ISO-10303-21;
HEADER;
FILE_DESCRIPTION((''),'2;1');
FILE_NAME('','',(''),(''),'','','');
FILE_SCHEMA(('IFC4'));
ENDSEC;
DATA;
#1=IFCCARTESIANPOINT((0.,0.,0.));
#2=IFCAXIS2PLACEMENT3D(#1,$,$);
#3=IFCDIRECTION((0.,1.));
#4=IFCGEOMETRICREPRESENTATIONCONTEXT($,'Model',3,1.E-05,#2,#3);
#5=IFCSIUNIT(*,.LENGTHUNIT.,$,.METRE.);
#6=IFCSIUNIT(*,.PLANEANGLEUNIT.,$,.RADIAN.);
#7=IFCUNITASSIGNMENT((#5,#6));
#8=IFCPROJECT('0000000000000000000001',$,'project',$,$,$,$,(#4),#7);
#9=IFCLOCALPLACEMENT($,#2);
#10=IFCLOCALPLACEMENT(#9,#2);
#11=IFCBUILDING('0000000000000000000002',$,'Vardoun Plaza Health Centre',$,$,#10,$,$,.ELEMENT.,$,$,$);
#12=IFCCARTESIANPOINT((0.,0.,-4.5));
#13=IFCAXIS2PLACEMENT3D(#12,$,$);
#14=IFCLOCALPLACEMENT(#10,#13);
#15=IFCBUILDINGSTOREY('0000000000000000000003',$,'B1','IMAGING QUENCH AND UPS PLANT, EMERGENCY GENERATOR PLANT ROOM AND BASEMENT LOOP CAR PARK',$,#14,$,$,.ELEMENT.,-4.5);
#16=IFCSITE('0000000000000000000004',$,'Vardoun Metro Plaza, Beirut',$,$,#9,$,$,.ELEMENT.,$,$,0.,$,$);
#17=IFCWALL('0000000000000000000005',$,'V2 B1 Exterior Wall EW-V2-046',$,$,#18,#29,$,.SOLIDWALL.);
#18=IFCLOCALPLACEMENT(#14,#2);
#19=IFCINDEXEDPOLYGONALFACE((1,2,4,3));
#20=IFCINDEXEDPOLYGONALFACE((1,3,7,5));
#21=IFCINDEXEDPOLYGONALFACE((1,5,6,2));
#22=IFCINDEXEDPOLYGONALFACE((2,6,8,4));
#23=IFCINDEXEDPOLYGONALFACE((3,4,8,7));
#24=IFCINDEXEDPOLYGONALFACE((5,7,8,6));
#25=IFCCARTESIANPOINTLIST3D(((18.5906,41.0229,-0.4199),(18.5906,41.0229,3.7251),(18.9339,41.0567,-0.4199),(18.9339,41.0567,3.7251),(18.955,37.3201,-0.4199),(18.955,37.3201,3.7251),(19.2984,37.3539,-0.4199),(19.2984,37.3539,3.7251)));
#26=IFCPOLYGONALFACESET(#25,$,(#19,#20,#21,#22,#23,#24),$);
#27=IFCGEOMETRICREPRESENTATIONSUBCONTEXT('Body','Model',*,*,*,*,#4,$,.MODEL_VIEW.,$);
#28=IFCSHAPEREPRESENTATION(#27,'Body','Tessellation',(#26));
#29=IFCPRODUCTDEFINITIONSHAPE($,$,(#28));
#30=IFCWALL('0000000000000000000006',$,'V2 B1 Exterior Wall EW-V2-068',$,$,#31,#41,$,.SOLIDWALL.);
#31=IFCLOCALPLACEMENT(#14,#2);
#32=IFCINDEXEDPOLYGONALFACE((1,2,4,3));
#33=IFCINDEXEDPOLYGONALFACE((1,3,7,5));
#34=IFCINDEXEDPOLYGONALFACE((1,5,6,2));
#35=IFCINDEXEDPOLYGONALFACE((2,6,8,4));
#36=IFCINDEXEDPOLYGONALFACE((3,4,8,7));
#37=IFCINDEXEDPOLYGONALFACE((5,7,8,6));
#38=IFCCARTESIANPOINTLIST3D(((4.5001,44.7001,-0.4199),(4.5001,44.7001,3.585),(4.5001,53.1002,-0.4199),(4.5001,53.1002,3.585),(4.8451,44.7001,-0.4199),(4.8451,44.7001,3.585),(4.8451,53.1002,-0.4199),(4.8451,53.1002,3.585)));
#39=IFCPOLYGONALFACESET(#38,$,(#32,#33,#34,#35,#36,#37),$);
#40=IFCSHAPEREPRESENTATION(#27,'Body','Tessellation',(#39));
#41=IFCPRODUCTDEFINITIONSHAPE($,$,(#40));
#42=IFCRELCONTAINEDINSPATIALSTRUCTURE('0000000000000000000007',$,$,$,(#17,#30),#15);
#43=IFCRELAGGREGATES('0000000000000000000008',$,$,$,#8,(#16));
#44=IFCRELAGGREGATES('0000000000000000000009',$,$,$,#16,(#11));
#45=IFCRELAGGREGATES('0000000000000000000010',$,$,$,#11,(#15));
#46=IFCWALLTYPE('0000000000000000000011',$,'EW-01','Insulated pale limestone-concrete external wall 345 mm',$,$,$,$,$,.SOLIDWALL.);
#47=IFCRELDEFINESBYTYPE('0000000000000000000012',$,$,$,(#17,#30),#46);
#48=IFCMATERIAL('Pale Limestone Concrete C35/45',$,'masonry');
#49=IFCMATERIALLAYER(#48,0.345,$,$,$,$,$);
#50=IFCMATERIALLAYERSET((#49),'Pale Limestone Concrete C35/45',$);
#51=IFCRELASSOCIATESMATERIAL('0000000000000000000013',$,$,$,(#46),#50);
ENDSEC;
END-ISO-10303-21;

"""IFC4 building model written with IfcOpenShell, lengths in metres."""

from ifc_helpers import new_model, si_unit, direction, frame, frame_2d, origin, place, context, subcontext, project, spatial, rectangle, extrude, material, layer, layer_set, type_object, element, save


model = new_model("IFC4")

# Units and contexts
model_context = context("Model", 3, precision=1e-05, world=origin(), true_north=direction((0.0, 1.0)))
body_context = subcontext(model_context, "Body", "Model", "MODEL_VIEW")
ifc_project = project(units=[si_unit("LENGTHUNIT", "METRE"), si_unit("PLANEANGLEUNIT", "RADIAN")], contexts=[model_context])

# Site, building, storey
site_placement = place(None, origin())
site = spatial("IfcSite", under=ifc_project, at=site_placement, Name="Vardoun Metro Plaza, Beirut", CompositionType="ELEMENT", RefElevation=0.0)
building_placement = place(site_placement, origin())
building = spatial("IfcBuilding", under=site, at=building_placement, Name="Vardoun Plaza Health Centre", CompositionType="ELEMENT")
storey_placement = place(building_placement, frame((0.0, 0.0, -4.5)))
storey = spatial("IfcBuildingStorey", under=building, at=storey_placement, Name="B1", Description="IMAGING QUENCH AND UPS PLANT, EMERGENCY GENERATOR PLANT ROOM AND BASEMENT LOOP CAR PARK", CompositionType="ELEMENT", Elevation=-4.5)

# Walls
ifc_material_1 = material(Name="Pale Limestone Concrete C35/45", Category="masonry")
ifc_layer = layer(ifc_material_1, 0.345)
ifc_layer_set = layer_set([ifc_layer], Name="Pale Limestone Concrete C35/45")
wall_type = type_object("IfcWallType", Name="EW-01", Description="Insulated pale limestone-concrete external wall 345 mm", PredefinedType="SOLIDWALL", material=ifc_layer_set)
wall_1_placement = place(storey_placement, frame((18.7622, 41.0398, -0.4199), z_axis=(0.0, 0.0, 1.0), x_axis=(0.097964, -0.99519, 0.0)))
element("IfcWall", 1, at=wall_1_placement, inside=storey, type_object=wall_type, Name="V2 B1 Exterior Wall EW-V2-046", PredefinedType="SOLIDWALL", context=body_context, shape_type="SweptSolid", body=[
    extrude(rectangle(XDim=3.7207, YDim=0.345, at=frame_2d((1.8604, 0.0))), origin(), (0.0, 0.0, 1.0), 4.145),
])
wall_2_placement = place(storey_placement, frame((4.6726, 44.7, -0.4199), z_axis=(0.0, 0.0, 1.0), x_axis=(0.0, 1.0, 0.0)))
element("IfcWall", 2, at=wall_2_placement, inside=storey, type_object=wall_type, Name="V2 B1 Exterior Wall EW-V2-068", PredefinedType="SOLIDWALL", context=body_context, shape_type="SweptSolid", body=[
    extrude(rectangle(XDim=8.4001, YDim=0.345, at=frame_2d((4.2002, 0.0))), origin(), (0.0, 0.0, 1.0), 4.0049),
])

save(model, "model.ifc")
